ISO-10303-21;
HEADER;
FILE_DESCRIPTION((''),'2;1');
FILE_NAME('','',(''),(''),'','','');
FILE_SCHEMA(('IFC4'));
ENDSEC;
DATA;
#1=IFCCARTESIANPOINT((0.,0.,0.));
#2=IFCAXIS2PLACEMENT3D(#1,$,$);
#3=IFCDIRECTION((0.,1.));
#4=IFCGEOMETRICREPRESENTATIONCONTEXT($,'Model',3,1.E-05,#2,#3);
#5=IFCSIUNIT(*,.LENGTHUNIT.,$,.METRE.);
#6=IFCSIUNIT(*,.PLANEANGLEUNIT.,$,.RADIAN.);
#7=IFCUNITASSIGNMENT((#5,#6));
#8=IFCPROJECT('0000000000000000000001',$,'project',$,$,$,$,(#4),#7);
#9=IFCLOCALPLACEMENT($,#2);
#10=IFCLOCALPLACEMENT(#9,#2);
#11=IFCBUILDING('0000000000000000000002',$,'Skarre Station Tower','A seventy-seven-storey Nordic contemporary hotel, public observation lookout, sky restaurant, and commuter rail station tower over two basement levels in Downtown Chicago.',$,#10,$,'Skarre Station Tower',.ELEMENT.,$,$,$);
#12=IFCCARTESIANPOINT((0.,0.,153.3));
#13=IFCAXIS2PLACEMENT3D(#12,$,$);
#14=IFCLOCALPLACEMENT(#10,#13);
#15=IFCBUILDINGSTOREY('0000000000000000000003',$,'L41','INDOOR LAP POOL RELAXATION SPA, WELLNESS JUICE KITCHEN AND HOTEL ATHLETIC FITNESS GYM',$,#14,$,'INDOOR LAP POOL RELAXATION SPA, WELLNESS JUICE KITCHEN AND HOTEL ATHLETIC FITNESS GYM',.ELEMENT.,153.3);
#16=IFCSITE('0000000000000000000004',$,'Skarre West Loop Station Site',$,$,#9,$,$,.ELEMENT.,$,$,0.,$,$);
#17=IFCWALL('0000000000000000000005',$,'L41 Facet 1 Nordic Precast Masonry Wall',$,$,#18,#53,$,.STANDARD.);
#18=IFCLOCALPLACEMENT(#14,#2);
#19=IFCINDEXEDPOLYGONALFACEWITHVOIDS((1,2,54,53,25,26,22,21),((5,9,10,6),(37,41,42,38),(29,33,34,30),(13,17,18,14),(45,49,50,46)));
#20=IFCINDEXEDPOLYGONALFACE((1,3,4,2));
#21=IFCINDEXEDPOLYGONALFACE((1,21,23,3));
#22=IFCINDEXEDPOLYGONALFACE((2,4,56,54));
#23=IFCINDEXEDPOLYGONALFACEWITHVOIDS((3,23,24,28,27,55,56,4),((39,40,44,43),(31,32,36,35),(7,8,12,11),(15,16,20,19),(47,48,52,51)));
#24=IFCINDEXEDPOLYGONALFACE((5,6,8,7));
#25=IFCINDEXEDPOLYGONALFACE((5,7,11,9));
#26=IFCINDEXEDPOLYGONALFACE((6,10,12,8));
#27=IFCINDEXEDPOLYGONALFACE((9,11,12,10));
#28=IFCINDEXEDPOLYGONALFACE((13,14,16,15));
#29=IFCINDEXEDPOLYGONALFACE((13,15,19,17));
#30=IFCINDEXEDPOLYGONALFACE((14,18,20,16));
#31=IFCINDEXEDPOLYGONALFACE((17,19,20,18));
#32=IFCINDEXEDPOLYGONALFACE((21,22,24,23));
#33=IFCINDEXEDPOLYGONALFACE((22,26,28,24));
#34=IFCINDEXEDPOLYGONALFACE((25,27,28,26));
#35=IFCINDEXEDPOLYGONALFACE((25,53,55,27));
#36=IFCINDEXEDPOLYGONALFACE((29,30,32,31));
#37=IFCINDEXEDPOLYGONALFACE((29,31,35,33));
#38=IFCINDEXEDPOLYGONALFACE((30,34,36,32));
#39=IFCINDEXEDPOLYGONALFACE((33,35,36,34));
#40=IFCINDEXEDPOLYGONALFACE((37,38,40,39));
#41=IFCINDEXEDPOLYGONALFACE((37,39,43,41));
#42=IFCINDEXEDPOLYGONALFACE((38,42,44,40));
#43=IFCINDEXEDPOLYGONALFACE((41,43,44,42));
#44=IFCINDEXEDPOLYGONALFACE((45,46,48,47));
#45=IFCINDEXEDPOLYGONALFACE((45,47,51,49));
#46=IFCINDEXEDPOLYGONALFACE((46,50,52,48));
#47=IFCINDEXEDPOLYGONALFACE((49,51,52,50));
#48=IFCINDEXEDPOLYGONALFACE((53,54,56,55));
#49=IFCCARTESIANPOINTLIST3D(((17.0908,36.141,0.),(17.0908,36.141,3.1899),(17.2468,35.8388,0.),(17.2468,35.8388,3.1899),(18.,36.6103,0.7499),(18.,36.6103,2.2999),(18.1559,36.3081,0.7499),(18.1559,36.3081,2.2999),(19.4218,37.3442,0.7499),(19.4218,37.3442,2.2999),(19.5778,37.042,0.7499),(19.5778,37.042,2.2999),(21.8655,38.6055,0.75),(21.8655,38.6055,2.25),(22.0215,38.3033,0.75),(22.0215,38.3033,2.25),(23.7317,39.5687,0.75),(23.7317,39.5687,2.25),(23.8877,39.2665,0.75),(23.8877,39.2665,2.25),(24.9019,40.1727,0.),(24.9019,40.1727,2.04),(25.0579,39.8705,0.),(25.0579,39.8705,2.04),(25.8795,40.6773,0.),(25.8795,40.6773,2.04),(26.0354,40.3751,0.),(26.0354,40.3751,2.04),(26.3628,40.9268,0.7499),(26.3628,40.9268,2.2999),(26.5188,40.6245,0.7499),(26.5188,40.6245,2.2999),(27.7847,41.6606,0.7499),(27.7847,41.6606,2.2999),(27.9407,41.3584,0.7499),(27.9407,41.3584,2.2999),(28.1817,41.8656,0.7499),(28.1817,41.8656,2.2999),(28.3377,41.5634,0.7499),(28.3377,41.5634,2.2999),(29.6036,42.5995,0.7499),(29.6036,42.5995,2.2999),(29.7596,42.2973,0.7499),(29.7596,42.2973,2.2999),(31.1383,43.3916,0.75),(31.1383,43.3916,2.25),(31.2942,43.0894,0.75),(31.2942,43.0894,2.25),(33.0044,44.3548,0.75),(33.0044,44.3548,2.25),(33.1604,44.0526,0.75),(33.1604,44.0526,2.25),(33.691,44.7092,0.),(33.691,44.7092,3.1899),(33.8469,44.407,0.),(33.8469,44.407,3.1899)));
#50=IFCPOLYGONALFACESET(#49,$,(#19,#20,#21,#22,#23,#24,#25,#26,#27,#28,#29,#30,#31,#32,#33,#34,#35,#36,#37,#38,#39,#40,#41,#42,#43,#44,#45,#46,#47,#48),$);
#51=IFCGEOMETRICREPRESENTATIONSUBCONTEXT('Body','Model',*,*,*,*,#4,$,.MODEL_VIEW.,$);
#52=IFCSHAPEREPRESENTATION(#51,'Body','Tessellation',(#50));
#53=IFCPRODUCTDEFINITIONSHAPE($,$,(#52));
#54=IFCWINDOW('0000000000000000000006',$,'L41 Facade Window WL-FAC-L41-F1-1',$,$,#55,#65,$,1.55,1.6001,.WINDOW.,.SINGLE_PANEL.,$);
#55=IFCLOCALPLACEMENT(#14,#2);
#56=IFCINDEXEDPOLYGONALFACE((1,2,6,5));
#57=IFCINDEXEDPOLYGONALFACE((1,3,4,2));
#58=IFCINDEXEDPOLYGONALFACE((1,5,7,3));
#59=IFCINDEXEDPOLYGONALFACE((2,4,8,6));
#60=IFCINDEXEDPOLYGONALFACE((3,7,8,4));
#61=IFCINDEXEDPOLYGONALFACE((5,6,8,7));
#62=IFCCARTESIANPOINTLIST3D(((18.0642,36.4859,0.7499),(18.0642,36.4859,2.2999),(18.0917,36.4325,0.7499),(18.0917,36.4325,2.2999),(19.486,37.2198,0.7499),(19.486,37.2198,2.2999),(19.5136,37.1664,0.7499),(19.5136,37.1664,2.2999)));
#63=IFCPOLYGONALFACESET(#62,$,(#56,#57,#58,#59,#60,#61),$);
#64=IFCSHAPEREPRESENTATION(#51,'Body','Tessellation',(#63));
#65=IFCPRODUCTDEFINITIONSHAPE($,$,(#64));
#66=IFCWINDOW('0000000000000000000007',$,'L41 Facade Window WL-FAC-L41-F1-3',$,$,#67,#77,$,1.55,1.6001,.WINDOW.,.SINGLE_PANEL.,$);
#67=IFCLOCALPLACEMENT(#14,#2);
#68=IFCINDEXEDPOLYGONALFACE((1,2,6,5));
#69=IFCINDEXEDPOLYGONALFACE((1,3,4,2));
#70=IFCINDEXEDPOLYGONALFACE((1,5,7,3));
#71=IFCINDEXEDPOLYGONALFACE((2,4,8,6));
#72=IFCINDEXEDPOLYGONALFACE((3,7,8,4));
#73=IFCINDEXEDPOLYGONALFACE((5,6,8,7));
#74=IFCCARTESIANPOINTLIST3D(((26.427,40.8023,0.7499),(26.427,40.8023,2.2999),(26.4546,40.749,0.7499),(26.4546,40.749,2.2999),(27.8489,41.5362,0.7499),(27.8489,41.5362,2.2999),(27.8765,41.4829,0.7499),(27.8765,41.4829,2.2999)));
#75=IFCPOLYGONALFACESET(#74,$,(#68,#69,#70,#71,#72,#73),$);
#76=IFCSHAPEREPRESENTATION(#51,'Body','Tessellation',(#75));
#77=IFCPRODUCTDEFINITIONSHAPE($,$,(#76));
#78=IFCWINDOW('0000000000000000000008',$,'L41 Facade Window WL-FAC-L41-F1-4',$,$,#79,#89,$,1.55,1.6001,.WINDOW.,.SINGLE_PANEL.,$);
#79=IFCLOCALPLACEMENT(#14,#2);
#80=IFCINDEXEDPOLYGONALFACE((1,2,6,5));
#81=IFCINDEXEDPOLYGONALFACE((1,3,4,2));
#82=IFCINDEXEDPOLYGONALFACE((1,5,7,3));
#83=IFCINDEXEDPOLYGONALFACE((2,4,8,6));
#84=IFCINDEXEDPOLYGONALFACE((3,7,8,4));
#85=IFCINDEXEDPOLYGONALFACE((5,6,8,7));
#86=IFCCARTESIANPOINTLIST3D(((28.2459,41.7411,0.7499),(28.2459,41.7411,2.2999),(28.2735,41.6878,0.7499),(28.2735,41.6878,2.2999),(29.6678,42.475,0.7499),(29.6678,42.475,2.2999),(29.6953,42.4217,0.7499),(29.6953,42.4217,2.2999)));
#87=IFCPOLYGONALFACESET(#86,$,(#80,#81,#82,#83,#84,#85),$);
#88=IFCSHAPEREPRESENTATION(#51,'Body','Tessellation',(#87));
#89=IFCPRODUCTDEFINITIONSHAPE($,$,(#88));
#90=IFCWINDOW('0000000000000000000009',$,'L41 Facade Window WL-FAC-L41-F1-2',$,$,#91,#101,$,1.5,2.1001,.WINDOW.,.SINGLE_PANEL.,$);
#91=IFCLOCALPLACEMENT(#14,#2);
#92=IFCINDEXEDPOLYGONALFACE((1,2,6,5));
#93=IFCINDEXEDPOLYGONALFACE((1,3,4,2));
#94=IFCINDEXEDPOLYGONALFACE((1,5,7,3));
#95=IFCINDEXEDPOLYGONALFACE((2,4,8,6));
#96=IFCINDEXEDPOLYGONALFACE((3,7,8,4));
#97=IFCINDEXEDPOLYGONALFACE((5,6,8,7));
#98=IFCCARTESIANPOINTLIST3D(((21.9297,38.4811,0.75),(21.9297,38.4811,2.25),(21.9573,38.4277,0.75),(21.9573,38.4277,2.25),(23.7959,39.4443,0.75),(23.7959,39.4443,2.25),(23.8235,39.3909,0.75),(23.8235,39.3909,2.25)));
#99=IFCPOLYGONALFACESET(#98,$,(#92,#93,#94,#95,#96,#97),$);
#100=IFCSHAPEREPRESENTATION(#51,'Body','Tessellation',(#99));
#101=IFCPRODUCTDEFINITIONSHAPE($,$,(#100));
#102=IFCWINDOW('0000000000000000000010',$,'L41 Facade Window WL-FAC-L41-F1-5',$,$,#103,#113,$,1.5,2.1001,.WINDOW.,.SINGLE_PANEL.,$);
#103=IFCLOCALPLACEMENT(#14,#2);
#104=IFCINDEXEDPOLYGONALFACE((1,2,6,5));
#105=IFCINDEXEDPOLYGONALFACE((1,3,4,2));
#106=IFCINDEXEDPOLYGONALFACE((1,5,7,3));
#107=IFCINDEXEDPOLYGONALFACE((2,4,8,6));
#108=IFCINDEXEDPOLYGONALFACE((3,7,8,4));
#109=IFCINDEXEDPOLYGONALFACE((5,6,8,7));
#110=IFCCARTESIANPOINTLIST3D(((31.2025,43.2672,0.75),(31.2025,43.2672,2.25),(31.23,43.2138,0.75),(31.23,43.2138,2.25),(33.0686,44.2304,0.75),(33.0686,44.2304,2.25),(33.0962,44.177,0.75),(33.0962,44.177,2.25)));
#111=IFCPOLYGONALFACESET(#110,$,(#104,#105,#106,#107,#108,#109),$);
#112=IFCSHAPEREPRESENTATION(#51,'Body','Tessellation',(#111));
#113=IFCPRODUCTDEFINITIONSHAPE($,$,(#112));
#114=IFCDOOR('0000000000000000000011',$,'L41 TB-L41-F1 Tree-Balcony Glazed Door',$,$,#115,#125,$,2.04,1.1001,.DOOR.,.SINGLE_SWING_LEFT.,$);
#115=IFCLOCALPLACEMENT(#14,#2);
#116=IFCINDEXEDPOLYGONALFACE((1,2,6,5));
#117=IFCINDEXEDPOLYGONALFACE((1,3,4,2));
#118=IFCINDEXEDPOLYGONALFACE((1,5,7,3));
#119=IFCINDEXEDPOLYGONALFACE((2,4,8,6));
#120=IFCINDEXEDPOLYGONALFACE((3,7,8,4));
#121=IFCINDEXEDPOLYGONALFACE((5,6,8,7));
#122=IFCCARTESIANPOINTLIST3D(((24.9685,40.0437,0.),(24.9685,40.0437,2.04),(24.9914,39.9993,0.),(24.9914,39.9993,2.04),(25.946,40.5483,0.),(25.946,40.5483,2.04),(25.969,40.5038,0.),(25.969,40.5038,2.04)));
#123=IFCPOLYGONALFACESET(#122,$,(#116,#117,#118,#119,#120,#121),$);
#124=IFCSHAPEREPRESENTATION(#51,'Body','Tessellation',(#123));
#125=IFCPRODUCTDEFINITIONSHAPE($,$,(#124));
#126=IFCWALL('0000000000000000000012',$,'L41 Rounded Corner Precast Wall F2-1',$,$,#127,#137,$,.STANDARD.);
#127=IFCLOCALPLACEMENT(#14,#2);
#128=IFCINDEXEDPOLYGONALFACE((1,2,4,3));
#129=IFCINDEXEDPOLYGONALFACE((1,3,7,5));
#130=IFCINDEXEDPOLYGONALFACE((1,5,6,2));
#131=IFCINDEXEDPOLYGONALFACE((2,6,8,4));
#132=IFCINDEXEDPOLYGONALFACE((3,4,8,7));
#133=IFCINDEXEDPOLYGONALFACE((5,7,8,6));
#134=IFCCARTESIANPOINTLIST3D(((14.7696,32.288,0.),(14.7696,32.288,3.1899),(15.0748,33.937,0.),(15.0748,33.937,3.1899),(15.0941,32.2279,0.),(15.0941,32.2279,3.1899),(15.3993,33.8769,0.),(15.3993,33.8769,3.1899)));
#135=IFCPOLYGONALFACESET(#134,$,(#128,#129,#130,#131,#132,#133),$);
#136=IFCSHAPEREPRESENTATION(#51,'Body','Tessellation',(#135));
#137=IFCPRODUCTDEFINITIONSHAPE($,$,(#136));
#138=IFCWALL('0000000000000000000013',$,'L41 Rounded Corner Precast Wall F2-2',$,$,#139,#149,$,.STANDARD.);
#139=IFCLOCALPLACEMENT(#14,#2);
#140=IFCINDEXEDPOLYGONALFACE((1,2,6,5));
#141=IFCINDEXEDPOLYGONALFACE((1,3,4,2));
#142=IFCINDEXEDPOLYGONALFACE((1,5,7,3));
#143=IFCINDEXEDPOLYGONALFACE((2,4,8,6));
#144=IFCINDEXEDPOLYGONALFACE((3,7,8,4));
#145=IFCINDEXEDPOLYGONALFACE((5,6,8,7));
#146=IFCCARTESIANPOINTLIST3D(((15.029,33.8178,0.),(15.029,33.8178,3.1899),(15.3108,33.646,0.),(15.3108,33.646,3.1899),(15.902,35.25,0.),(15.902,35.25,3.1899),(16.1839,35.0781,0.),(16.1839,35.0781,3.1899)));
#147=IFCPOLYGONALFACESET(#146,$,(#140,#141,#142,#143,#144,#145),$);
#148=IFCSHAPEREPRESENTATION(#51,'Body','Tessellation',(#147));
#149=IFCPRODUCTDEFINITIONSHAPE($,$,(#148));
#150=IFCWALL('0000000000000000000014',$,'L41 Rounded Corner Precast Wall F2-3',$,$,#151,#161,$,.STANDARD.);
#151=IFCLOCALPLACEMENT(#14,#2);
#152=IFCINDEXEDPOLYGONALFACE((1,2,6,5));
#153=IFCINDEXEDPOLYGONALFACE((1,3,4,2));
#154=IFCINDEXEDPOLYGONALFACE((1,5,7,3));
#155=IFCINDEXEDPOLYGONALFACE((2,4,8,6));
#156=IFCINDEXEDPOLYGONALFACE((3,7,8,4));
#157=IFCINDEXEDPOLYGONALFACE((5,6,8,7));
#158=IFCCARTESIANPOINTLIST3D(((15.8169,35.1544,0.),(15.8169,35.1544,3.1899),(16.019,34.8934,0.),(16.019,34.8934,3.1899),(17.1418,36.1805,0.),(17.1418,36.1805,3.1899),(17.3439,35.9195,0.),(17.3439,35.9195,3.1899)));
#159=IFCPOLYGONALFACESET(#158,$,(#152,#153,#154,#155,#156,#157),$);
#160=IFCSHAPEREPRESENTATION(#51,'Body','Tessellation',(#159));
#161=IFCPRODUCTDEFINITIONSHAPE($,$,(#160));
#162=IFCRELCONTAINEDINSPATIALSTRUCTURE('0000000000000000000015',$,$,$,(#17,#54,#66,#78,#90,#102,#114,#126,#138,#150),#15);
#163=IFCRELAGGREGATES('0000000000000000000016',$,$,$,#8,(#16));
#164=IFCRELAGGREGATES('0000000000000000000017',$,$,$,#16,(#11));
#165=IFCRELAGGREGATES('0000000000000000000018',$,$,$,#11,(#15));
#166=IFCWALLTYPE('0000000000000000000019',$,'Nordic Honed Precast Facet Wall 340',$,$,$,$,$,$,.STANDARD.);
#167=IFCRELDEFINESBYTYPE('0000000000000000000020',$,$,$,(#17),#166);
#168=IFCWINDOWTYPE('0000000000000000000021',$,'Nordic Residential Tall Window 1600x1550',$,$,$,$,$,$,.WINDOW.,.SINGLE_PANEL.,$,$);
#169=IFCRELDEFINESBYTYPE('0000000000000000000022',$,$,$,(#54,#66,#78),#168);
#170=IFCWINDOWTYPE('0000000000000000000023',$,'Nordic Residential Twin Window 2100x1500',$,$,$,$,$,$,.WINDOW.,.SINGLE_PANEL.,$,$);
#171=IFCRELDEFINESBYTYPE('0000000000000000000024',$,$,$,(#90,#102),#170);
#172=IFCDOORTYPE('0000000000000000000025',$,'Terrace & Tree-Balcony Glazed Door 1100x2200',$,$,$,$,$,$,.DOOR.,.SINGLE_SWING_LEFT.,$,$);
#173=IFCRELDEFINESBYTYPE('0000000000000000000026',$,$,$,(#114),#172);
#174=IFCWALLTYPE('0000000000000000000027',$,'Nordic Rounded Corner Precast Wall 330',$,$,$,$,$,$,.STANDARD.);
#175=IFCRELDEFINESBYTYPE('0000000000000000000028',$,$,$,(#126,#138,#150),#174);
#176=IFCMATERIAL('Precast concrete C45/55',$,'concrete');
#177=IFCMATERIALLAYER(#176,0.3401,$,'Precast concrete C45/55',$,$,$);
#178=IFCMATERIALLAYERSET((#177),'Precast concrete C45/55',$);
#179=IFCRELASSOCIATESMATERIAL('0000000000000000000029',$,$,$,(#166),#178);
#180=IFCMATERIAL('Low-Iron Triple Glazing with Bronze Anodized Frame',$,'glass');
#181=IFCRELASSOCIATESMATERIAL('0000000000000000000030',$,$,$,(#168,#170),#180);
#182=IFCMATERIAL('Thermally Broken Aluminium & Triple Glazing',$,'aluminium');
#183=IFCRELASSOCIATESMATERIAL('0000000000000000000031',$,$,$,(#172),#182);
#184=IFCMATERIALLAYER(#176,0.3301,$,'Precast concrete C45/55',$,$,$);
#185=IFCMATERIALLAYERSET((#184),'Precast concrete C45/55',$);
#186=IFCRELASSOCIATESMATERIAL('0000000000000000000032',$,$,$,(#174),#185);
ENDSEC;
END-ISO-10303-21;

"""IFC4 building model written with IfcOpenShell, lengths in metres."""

from ifc_helpers import new_model, si_unit, direction, frame, frame_2d, origin, place, context, subcontext, project, spatial, rectangle, extrude, material, layer, layer_set, type_object, element, fill, save


model = new_model("IFC4")

# Units and contexts
model_context = context("Model", 3, precision=1e-05, world=origin(), true_north=direction((0.0, 1.0)))
body_context = subcontext(model_context, "Body", "Model", "MODEL_VIEW")
ifc_project = project(units=[si_unit("LENGTHUNIT", "METRE"), si_unit("PLANEANGLEUNIT", "RADIAN")], contexts=[model_context])

# Site, building, storey
site_placement = place(None, origin())
site = spatial("IfcSite", under=ifc_project, at=site_placement, Name="Skarre West Loop Station Site", CompositionType="ELEMENT", RefElevation=0.0)
building_placement = place(site_placement, origin())
building = spatial("IfcBuilding", under=site, at=building_placement, Name="Skarre Station Tower", Description="A seventy-seven-storey Nordic contemporary hotel, public observation lookout, sky restaurant, and commuter rail station tower over two basement levels in Downtown Chicago.", LongName="Skarre Station Tower", CompositionType="ELEMENT")
storey_placement = place(building_placement, frame((0.0, 0.0, 153.3)))
storey = spatial("IfcBuildingStorey", under=building, at=storey_placement, Name="L41", Description="INDOOR LAP POOL RELAXATION SPA, WELLNESS JUICE KITCHEN AND HOTEL ATHLETIC FITNESS GYM", LongName="INDOOR LAP POOL RELAXATION SPA, WELLNESS JUICE KITCHEN AND HOTEL ATHLETIC FITNESS GYM", CompositionType="ELEMENT", Elevation=153.3)

# Wall, openings, windows, door
ifc_material_1 = material(Name="Precast concrete C45/55", Category="concrete")
ifc_layer_1 = layer(ifc_material_1, 0.3401, Name="Precast concrete C45/55")
ifc_layer_set_1 = layer_set([ifc_layer_1], Name="Precast concrete C45/55")
wall_type_1 = type_object("IfcWallType", Name="Nordic Honed Precast Facet Wall 340", PredefinedType="STANDARD", material=ifc_layer_set_1)
wall_1_placement = place(storey_placement, frame((17.1689, 35.99, 0.0), z_axis=(0.0, 0.0, 1.0), x_axis=(0.888614, 0.458657, 0.0)))
wall_1 = element("IfcWall", 1, at=wall_1_placement, inside=storey, type_object=wall_type_1, Name="L41 Facet 1 Nordic Precast Masonry Wall", PredefinedType="STANDARD", context=body_context, shape_type="SweptSolid", body=[
    extrude(rectangle(XDim=18.6809, YDim=0.3401, at=frame_2d((9.3403, 0.0))), origin(), (0.0, 0.0, 1.0), 3.1899),
])
opening_1_placement = place(wall_1_placement, frame((8.79, 0.0, 0.0)))
opening_1 = element("IfcOpeningElement", 2, at=opening_1_placement, cuts=wall_1, PredefinedType="OPENING", context=body_context, shape_type="SweptSolid", body=[
    extrude(rectangle(XDim=1.1001, YDim=2.04, at=frame_2d((0.55, 1.02))), frame((0.0, 0.1799, 0.0), z_axis=(0.0, -1.0, 0.0), x_axis=(1.0, 0.0, 0.0)), (0.0, 0.0, 1.0), 0.3601),
])
opening_2_placement = place(wall_1_placement, frame((1.0229, 0.0, 0.75)))
opening_2 = element("IfcOpeningElement", 3, at=opening_2_placement, cuts=wall_1, PredefinedType="OPENING", context=body_context, shape_type="SweptSolid", body=[
    extrude(rectangle(XDim=1.6001, YDim=1.55, at=frame_2d((0.8, 0.7749))), frame((0.0, 0.1799, 0.0), z_axis=(0.0, -1.0, 0.0), x_axis=(1.0, 0.0, 0.0)), (0.0, 0.0, 1.0), 0.3601),
])
opening_3_placement = place(wall_1_placement, frame((5.373, 0.0, 0.75)))
opening_3 = element("IfcOpeningElement", 4, at=opening_3_placement, cuts=wall_1, PredefinedType="OPENING", context=body_context, shape_type="SweptSolid", body=[
    extrude(rectangle(XDim=2.1001, YDim=1.5, at=frame_2d((1.05, 0.75))), frame((0.0, 0.1799, 0.0), z_axis=(0.0, -1.0, 0.0), x_axis=(1.0, 0.0, 0.0)), (0.0, 0.0, 1.0), 0.3601),
])
opening_4_placement = place(wall_1_placement, frame((10.4341, 0.0, 0.75)))
opening_4 = element("IfcOpeningElement", 5, at=opening_4_placement, cuts=wall_1, PredefinedType="OPENING", context=body_context, shape_type="SweptSolid", body=[
    extrude(rectangle(XDim=1.6001, YDim=1.55, at=frame_2d((0.8, 0.7749))), frame((0.0, 0.1799, 0.0), z_axis=(0.0, -1.0, 0.0), x_axis=(1.0, 0.0, 0.0)), (0.0, 0.0, 1.0), 0.3601),
])
opening_5_placement = place(wall_1_placement, frame((12.481, 0.0, 0.75)))
opening_5 = element("IfcOpeningElement", 6, at=opening_5_placement, cuts=wall_1, PredefinedType="OPENING", context=body_context, shape_type="SweptSolid", body=[
    extrude(rectangle(XDim=1.6001, YDim=1.55, at=frame_2d((0.8, 0.7749))), frame((0.0, 0.1799, 0.0), z_axis=(0.0, -1.0, 0.0), x_axis=(1.0, 0.0, 0.0)), (0.0, 0.0, 1.0), 0.3601),
])
opening_6_placement = place(wall_1_placement, frame((15.8081, 0.0, 0.75)))
opening_6 = element("IfcOpeningElement", 7, at=opening_6_placement, cuts=wall_1, PredefinedType="OPENING", context=body_context, shape_type="SweptSolid", body=[
    extrude(rectangle(XDim=2.1001, YDim=1.5, at=frame_2d((1.05, 0.75))), frame((0.0, 0.1799, 0.0), z_axis=(0.0, -1.0, 0.0), x_axis=(1.0, 0.0, 0.0)), (0.0, 0.0, 1.0), 0.3601),
])
ifc_material_2 = material(Name="Low-Iron Triple Glazing with Bronze Anodized Frame", Category="glass")
window_type_1 = type_object("IfcWindowType", Name="Nordic Residential Tall Window 1600x1550", PartitioningType="SINGLE_PANEL", PredefinedType="WINDOW", material=ifc_material_2)
window_1_placement = place(opening_2_placement, origin())
window_1 = element("IfcWindow", 8, at=window_1_placement, inside=storey, type_object=window_type_1, Name="L41 Facade Window WL-FAC-L41-F1-1", OverallHeight=1.55, OverallWidth=1.6001, PartitioningType="SINGLE_PANEL", PredefinedType="WINDOW", context=body_context, shape_type="SweptSolid", body=[
    extrude(rectangle(XDim=1.6001, YDim=1.55, at=frame_2d((0.8, 0.7749))), frame((0.0, 0.03, 0.0), z_axis=(0.0, -1.0, 0.0), x_axis=(1.0, 0.0, 0.0)), (0.0, 0.0, 1.0), 0.0601),
])
fill(opening_2, window_1)
window_2_placement = place(opening_4_placement, origin())
window_2 = element("IfcWindow", 9, at=window_2_placement, inside=storey, type_object=window_type_1, Name="L41 Facade Window WL-FAC-L41-F1-3", OverallHeight=1.55, OverallWidth=1.6001, PartitioningType="SINGLE_PANEL", PredefinedType="WINDOW", context=body_context, shape_type="SweptSolid", body=[
    extrude(rectangle(XDim=1.6001, YDim=1.55, at=frame_2d((0.8, 0.7749))), frame((0.0, 0.03, 0.0), z_axis=(0.0, -1.0, 0.0), x_axis=(1.0, 0.0, 0.0)), (0.0, 0.0, 1.0), 0.0601),
])
fill(opening_4, window_2)
window_3_placement = place(opening_5_placement, origin())
window_3 = element("IfcWindow", 10, at=window_3_placement, inside=storey, type_object=window_type_1, Name="L41 Facade Window WL-FAC-L41-F1-4", OverallHeight=1.55, OverallWidth=1.6001, PartitioningType="SINGLE_PANEL", PredefinedType="WINDOW", context=body_context, shape_type="SweptSolid", body=[
    extrude(rectangle(XDim=1.6001, YDim=1.55, at=frame_2d((0.8, 0.7749))), frame((0.0, 0.03, 0.0), z_axis=(0.0, -1.0, 0.0), x_axis=(1.0, 0.0, 0.0)), (0.0, 0.0, 1.0), 0.0601),
])
fill(opening_5, window_3)
window_type_2 = type_object("IfcWindowType", Name="Nordic Residential Twin Window 2100x1500", PartitioningType="SINGLE_PANEL", PredefinedType="WINDOW", material=ifc_material_2)
window_4_placement = place(opening_3_placement, origin())
window_4 = element("IfcWindow", 11, at=window_4_placement, inside=storey, type_object=window_type_2, Name="L41 Facade Window WL-FAC-L41-F1-2", OverallHeight=1.5, OverallWidth=2.1001, PartitioningType="SINGLE_PANEL", PredefinedType="WINDOW", context=body_context, shape_type="SweptSolid", body=[
    extrude(rectangle(XDim=2.1001, YDim=1.5, at=frame_2d((1.05, 0.75))), frame((0.0, 0.03, 0.0), z_axis=(0.0, -1.0, 0.0), x_axis=(1.0, 0.0, 0.0)), (0.0, 0.0, 1.0), 0.0601),
])
fill(opening_3, window_4)
window_5_placement = place(opening_6_placement, origin())
window_5 = element("IfcWindow", 12, at=window_5_placement, inside=storey, type_object=window_type_2, Name="L41 Facade Window WL-FAC-L41-F1-5", OverallHeight=1.5, OverallWidth=2.1001, PartitioningType="SINGLE_PANEL", PredefinedType="WINDOW", context=body_context, shape_type="SweptSolid", body=[
    extrude(rectangle(XDim=2.1001, YDim=1.5, at=frame_2d((1.05, 0.75))), frame((0.0, 0.03, 0.0), z_axis=(0.0, -1.0, 0.0), x_axis=(1.0, 0.0, 0.0)), (0.0, 0.0, 1.0), 0.0601),
])
fill(opening_6, window_5)
ifc_material_3 = material(Name="Thermally Broken Aluminium & Triple Glazing", Category="aluminium")
door_type_1 = type_object("IfcDoorType", Name="Terrace & Tree-Balcony Glazed Door 1100x2200", OperationType="SINGLE_SWING_LEFT", PredefinedType="DOOR", material=ifc_material_3)
door_1_placement = place(opening_1_placement, origin())
door_1 = element("IfcDoor", 13, at=door_1_placement, inside=storey, type_object=door_type_1, Name="L41 TB-L41-F1 Tree-Balcony Glazed Door", OperationType="SINGLE_SWING_LEFT", OverallHeight=2.04, OverallWidth=1.1001, PredefinedType="DOOR", context=body_context, shape_type="SweptSolid", body=[
    extrude(rectangle(XDim=1.1001, YDim=2.04, at=frame_2d((0.55, 1.02))), frame((0.0, 0.0249, 0.0), z_axis=(0.0, -1.0, 0.0), x_axis=(1.0, 0.0, 0.0)), (0.0, 0.0, 1.0), 0.05),
])
fill(opening_1, door_1)

# Walls
ifc_layer_2 = layer(ifc_material_1, 0.3301, Name="Precast concrete C45/55")
ifc_layer_set_2 = layer_set([ifc_layer_2], Name="Precast concrete C45/55")
wall_type_2 = type_object("IfcWallType", Name="Nordic Rounded Corner Precast Wall 330", PredefinedType="STANDARD", material=ifc_layer_set_2)
wall_2_placement = place(storey_placement, frame((14.9319, 32.2581, 0.0), z_axis=(0.0, 0.0, 1.0), x_axis=(0.181985, 0.983301, 0.0)))
element("IfcWall", 14, at=wall_2_placement, inside=storey, type_object=wall_type_2, Name="L41 Rounded Corner Precast Wall F2-1", PredefinedType="STANDARD", context=body_context, shape_type="SweptSolid", body=[
    extrude(rectangle(XDim=1.677, YDim=0.3301, at=frame_2d((0.8384, 0.0))), origin(), (0.0, 0.0, 1.0), 3.1899),
])
wall_3_placement = place(storey_placement, frame((15.1699, 33.7319, 0.0), z_axis=(0.0, 0.0, 1.0), x_axis=(0.520519, 0.85385, 0.0)))
element("IfcWall", 15, at=wall_3_placement, inside=storey, type_object=wall_type_2, Name="L41 Rounded Corner Precast Wall F2-2", PredefinedType="STANDARD", context=body_context, shape_type="SweptSolid", body=[
    extrude(rectangle(XDim=1.6772, YDim=0.3301, at=frame_2d((0.8386, 0.0))), origin(), (0.0, 0.0, 1.0), 3.1899),
])
wall_4_placement = place(storey_placement, frame((15.918, 35.0239, 0.0), z_axis=(0.0, 0.0, 1.0), x_axis=(0.790621, 0.612305, 0.0)))
element("IfcWall", 16, at=wall_4_placement, inside=storey, type_object=wall_type_2, Name="L41 Rounded Corner Precast Wall F2-3", PredefinedType="STANDARD", context=body_context, shape_type="SweptSolid", body=[
    extrude(rectangle(XDim=1.6758, YDim=0.3301, at=frame_2d((0.8379, 0.0))), origin(), (0.0, 0.0, 1.0), 3.1899),
])

save(model, "model.ifc")
